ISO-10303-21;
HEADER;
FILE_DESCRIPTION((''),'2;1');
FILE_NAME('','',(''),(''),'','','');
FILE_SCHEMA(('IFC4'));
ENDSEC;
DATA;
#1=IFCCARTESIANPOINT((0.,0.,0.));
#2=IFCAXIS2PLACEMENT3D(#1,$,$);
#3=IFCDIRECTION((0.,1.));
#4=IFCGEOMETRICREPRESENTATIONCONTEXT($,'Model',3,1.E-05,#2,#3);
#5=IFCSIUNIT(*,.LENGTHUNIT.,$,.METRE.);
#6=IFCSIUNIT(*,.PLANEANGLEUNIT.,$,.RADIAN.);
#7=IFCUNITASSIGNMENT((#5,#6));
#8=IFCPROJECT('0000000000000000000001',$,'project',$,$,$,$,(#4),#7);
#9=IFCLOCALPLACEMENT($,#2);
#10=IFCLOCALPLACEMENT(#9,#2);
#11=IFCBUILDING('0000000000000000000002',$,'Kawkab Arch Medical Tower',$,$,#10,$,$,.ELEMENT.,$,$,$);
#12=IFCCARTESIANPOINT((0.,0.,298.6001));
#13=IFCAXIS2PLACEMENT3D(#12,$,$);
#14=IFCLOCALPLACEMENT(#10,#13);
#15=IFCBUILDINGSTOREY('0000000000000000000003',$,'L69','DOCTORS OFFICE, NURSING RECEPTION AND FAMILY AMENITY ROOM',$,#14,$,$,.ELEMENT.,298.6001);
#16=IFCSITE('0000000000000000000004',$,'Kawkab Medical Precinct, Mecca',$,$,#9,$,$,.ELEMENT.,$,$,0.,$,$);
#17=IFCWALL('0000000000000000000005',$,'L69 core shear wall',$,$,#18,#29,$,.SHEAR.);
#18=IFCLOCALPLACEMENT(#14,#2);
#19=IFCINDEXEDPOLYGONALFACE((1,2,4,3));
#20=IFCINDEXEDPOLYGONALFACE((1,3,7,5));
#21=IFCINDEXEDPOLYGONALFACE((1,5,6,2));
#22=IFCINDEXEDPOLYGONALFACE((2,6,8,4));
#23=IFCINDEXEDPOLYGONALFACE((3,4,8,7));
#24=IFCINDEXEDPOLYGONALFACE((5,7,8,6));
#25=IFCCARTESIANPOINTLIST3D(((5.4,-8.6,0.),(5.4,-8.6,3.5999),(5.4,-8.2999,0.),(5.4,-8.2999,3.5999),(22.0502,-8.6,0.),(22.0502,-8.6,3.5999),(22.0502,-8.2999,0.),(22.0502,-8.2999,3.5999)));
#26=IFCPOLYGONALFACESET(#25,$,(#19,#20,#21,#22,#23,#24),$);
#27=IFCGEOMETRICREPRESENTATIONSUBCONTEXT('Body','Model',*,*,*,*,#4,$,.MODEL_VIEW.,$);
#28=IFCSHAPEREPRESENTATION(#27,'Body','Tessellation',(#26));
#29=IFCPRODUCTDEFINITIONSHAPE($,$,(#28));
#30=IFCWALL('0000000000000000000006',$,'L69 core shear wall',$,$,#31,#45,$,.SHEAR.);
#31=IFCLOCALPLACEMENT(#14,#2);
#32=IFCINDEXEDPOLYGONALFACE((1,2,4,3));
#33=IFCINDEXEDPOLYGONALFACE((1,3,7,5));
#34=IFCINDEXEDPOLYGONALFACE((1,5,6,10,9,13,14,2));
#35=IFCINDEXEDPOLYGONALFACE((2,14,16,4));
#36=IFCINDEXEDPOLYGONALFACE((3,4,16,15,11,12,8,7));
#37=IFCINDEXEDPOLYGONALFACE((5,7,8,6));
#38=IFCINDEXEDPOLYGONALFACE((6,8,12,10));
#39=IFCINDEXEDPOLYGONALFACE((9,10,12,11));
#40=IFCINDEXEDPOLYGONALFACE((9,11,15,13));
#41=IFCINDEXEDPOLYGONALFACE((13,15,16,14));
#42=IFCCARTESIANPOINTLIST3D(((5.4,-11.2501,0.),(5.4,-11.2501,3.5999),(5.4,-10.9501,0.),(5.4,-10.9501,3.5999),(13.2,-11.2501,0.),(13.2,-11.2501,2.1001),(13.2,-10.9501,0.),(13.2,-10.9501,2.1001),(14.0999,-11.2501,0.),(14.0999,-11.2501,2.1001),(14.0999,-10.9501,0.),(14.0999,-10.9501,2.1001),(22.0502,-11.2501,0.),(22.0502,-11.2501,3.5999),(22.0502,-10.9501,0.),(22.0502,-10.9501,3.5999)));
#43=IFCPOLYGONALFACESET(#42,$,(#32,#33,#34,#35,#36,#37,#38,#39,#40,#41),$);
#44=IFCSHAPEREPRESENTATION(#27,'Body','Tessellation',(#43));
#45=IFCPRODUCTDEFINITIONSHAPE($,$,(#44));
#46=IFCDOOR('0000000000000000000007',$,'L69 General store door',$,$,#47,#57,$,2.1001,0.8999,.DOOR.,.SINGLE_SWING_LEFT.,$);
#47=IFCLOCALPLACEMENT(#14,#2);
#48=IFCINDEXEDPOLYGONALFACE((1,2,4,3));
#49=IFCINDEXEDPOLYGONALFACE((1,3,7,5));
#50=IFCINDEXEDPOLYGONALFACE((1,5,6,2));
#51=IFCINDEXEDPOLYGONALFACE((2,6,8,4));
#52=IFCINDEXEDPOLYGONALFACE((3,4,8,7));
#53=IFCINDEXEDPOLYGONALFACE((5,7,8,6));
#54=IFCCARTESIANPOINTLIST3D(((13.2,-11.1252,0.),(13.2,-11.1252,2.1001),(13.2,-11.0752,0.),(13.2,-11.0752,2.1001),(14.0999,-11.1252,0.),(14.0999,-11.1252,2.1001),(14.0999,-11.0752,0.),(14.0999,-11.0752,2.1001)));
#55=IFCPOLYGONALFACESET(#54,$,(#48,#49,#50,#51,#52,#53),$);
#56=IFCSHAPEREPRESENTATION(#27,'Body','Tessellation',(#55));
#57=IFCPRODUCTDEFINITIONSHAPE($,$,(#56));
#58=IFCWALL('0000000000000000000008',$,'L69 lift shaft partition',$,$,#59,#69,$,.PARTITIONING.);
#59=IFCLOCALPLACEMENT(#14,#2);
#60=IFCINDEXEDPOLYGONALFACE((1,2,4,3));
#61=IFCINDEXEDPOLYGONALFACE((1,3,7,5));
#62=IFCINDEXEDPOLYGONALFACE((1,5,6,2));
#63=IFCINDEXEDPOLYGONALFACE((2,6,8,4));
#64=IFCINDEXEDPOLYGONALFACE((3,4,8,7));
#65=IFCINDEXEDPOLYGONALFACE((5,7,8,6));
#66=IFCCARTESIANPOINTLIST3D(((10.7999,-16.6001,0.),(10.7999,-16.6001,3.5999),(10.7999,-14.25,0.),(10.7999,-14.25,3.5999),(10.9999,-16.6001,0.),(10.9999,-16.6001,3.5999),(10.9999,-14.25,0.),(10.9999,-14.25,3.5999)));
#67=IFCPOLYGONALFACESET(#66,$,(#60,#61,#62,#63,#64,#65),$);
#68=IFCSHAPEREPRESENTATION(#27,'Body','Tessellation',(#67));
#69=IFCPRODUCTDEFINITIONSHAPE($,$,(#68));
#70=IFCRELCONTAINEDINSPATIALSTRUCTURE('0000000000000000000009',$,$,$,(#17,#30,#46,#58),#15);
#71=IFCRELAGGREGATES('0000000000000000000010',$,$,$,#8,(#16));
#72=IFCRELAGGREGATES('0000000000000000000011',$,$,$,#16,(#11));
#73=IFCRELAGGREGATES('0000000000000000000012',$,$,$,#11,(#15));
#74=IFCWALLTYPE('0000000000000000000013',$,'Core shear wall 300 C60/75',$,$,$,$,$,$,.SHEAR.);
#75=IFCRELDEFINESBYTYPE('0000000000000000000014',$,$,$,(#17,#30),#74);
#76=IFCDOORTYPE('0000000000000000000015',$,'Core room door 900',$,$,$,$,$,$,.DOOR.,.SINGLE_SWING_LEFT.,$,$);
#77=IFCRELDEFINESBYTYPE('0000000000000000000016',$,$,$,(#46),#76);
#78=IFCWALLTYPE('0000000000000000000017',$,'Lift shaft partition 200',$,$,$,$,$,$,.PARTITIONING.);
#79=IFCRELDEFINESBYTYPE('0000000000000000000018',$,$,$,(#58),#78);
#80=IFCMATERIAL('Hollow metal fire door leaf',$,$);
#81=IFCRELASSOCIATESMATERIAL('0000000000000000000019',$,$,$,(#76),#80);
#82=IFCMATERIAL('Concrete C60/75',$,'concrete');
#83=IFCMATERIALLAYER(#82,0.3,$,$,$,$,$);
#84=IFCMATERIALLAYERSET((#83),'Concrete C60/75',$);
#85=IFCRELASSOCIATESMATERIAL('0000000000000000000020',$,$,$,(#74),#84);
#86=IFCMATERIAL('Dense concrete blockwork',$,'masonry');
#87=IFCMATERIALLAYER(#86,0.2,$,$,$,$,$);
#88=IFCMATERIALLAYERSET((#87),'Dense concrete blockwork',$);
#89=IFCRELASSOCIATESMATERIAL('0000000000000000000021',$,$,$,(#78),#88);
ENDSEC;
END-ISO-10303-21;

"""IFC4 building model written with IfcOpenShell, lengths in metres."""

from ifc_helpers import new_model, si_unit, direction, frame, frame_2d, origin, place, context, subcontext, project, spatial, rectangle, extrude, material, layer, layer_set, type_object, element, fill, save


model = new_model("IFC4")

# Units and contexts
model_context = context("Model", 3, precision=1e-05, world=origin(), true_north=direction((0.0, 1.0)))
body_context = subcontext(model_context, "Body", "Model", "MODEL_VIEW")
ifc_project = project(units=[si_unit("LENGTHUNIT", "METRE"), si_unit("PLANEANGLEUNIT", "RADIAN")], contexts=[model_context])

# Site, building, storey
site_placement = place(None, origin())
site = spatial("IfcSite", under=ifc_project, at=site_placement, Name="Kawkab Medical Precinct, Mecca", CompositionType="ELEMENT", RefElevation=0.0)
building_placement = place(site_placement, origin())
building = spatial("IfcBuilding", under=site, at=building_placement, Name="Kawkab Arch Medical Tower", CompositionType="ELEMENT")
storey_placement = place(building_placement, frame((0.0, 0.0, 298.6001)))
storey = spatial("IfcBuildingStorey", under=building, at=storey_placement, Name="L69", Description="DOCTORS OFFICE, NURSING RECEPTION AND FAMILY AMENITY ROOM", CompositionType="ELEMENT", Elevation=298.6001)

# Shared definitions
ifc_material_1 = material(Name="Hollow metal fire door leaf")
door_type = type_object("IfcDoorType", Name="Core room door 900", OperationType="SINGLE_SWING_LEFT", PredefinedType="DOOR", material=ifc_material_1)

# Wall
ifc_material_2 = material(Name="Concrete C60/75", Category="concrete")
ifc_layer_1 = layer(ifc_material_2, 0.3)
ifc_layer_set_1 = layer_set([ifc_layer_1], Name="Concrete C60/75")
wall_type_1 = type_object("IfcWallType", Name="Core shear wall 300 C60/75", PredefinedType="SHEAR", material=ifc_layer_set_1)
wall_1_placement = place(storey_placement, frame((5.3999, -8.45, 0.0), z_axis=(0.0, 0.0, 1.0), x_axis=(1.0, 0.0, 0.0)))
element("IfcWall", 1, at=wall_1_placement, inside=storey, type_object=wall_type_1, Name="L69 core shear wall", PredefinedType="SHEAR", context=body_context, shape_type="SweptSolid", body=[
    extrude(rectangle(XDim=16.6501, YDim=0.3, at=frame_2d((8.3252, 0.0))), origin(), (0.0, 0.0, 1.0), 3.5999),
])

# Wall, opening, door
wall_2_placement = place(storey_placement, frame((5.3999, -11.1001, 0.0), z_axis=(0.0, 0.0, 1.0), x_axis=(1.0, 0.0, 0.0)))
wall_2 = element("IfcWall", 2, at=wall_2_placement, inside=storey, type_object=wall_type_1, Name="L69 core shear wall", PredefinedType="SHEAR", context=body_context, shape_type="SweptSolid", body=[
    extrude(rectangle(XDim=16.6501, YDim=0.3, at=frame_2d((8.3252, 0.0))), origin(), (0.0, 0.0, 1.0), 3.5999),
])
opening_1_placement = place(wall_2_placement, frame((7.8, 0.0, 0.0)))
opening_1 = element("IfcOpeningElement", 3, at=opening_1_placement, cuts=wall_2, PredefinedType="OPENING", context=body_context, shape_type="SweptSolid", body=[
    extrude(rectangle(XDim=0.8999, YDim=2.1001, at=frame_2d((0.45, 1.05))), frame((0.0, 0.1599, 0.0), z_axis=(0.0, -1.0, 0.0), x_axis=(1.0, 0.0, 0.0)), (0.0, 0.0, 1.0), 0.3201),
])
door_1_placement = place(opening_1_placement, origin())
door_1 = element("IfcDoor", 4, at=door_1_placement, inside=storey, type_object=door_type, Name="L69 General store door", OperationType="SINGLE_SWING_LEFT", OverallHeight=2.1001, OverallWidth=0.8999, PredefinedType="DOOR", context=body_context, shape_type="SweptSolid", body=[
    extrude(rectangle(XDim=0.8999, YDim=2.1001, at=frame_2d((0.45, 1.05))), frame((0.0, 0.0249, 0.0), z_axis=(0.0, -1.0, 0.0), x_axis=(1.0, 0.0, 0.0)), (0.0, 0.0, 1.0), 0.05),
])
fill(opening_1, door_1)

# Wall
ifc_material_3 = material(Name="Dense concrete blockwork", Category="masonry")
ifc_layer_2 = layer(ifc_material_3, 0.2)
ifc_layer_set_2 = layer_set([ifc_layer_2], Name="Dense concrete blockwork")
wall_type_2 = type_object("IfcWallType", Name="Lift shaft partition 200", PredefinedType="PARTITIONING", material=ifc_layer_set_2)
wall_3_placement = place(storey_placement, frame((10.8999, -16.6001, 0.0), z_axis=(0.0, 0.0, 1.0), x_axis=(0.0, 1.0, 0.0)))
element("IfcWall", 5, at=wall_3_placement, inside=storey, type_object=wall_type_2, Name="L69 lift shaft partition", PredefinedType="PARTITIONING", context=body_context, shape_type="SweptSolid", body=[
    extrude(rectangle(XDim=2.3501, YDim=0.2, at=frame_2d((1.175, 0.0))), origin(), (0.0, 0.0, 1.0), 3.5999),
])

save(model, "model.ifc")
